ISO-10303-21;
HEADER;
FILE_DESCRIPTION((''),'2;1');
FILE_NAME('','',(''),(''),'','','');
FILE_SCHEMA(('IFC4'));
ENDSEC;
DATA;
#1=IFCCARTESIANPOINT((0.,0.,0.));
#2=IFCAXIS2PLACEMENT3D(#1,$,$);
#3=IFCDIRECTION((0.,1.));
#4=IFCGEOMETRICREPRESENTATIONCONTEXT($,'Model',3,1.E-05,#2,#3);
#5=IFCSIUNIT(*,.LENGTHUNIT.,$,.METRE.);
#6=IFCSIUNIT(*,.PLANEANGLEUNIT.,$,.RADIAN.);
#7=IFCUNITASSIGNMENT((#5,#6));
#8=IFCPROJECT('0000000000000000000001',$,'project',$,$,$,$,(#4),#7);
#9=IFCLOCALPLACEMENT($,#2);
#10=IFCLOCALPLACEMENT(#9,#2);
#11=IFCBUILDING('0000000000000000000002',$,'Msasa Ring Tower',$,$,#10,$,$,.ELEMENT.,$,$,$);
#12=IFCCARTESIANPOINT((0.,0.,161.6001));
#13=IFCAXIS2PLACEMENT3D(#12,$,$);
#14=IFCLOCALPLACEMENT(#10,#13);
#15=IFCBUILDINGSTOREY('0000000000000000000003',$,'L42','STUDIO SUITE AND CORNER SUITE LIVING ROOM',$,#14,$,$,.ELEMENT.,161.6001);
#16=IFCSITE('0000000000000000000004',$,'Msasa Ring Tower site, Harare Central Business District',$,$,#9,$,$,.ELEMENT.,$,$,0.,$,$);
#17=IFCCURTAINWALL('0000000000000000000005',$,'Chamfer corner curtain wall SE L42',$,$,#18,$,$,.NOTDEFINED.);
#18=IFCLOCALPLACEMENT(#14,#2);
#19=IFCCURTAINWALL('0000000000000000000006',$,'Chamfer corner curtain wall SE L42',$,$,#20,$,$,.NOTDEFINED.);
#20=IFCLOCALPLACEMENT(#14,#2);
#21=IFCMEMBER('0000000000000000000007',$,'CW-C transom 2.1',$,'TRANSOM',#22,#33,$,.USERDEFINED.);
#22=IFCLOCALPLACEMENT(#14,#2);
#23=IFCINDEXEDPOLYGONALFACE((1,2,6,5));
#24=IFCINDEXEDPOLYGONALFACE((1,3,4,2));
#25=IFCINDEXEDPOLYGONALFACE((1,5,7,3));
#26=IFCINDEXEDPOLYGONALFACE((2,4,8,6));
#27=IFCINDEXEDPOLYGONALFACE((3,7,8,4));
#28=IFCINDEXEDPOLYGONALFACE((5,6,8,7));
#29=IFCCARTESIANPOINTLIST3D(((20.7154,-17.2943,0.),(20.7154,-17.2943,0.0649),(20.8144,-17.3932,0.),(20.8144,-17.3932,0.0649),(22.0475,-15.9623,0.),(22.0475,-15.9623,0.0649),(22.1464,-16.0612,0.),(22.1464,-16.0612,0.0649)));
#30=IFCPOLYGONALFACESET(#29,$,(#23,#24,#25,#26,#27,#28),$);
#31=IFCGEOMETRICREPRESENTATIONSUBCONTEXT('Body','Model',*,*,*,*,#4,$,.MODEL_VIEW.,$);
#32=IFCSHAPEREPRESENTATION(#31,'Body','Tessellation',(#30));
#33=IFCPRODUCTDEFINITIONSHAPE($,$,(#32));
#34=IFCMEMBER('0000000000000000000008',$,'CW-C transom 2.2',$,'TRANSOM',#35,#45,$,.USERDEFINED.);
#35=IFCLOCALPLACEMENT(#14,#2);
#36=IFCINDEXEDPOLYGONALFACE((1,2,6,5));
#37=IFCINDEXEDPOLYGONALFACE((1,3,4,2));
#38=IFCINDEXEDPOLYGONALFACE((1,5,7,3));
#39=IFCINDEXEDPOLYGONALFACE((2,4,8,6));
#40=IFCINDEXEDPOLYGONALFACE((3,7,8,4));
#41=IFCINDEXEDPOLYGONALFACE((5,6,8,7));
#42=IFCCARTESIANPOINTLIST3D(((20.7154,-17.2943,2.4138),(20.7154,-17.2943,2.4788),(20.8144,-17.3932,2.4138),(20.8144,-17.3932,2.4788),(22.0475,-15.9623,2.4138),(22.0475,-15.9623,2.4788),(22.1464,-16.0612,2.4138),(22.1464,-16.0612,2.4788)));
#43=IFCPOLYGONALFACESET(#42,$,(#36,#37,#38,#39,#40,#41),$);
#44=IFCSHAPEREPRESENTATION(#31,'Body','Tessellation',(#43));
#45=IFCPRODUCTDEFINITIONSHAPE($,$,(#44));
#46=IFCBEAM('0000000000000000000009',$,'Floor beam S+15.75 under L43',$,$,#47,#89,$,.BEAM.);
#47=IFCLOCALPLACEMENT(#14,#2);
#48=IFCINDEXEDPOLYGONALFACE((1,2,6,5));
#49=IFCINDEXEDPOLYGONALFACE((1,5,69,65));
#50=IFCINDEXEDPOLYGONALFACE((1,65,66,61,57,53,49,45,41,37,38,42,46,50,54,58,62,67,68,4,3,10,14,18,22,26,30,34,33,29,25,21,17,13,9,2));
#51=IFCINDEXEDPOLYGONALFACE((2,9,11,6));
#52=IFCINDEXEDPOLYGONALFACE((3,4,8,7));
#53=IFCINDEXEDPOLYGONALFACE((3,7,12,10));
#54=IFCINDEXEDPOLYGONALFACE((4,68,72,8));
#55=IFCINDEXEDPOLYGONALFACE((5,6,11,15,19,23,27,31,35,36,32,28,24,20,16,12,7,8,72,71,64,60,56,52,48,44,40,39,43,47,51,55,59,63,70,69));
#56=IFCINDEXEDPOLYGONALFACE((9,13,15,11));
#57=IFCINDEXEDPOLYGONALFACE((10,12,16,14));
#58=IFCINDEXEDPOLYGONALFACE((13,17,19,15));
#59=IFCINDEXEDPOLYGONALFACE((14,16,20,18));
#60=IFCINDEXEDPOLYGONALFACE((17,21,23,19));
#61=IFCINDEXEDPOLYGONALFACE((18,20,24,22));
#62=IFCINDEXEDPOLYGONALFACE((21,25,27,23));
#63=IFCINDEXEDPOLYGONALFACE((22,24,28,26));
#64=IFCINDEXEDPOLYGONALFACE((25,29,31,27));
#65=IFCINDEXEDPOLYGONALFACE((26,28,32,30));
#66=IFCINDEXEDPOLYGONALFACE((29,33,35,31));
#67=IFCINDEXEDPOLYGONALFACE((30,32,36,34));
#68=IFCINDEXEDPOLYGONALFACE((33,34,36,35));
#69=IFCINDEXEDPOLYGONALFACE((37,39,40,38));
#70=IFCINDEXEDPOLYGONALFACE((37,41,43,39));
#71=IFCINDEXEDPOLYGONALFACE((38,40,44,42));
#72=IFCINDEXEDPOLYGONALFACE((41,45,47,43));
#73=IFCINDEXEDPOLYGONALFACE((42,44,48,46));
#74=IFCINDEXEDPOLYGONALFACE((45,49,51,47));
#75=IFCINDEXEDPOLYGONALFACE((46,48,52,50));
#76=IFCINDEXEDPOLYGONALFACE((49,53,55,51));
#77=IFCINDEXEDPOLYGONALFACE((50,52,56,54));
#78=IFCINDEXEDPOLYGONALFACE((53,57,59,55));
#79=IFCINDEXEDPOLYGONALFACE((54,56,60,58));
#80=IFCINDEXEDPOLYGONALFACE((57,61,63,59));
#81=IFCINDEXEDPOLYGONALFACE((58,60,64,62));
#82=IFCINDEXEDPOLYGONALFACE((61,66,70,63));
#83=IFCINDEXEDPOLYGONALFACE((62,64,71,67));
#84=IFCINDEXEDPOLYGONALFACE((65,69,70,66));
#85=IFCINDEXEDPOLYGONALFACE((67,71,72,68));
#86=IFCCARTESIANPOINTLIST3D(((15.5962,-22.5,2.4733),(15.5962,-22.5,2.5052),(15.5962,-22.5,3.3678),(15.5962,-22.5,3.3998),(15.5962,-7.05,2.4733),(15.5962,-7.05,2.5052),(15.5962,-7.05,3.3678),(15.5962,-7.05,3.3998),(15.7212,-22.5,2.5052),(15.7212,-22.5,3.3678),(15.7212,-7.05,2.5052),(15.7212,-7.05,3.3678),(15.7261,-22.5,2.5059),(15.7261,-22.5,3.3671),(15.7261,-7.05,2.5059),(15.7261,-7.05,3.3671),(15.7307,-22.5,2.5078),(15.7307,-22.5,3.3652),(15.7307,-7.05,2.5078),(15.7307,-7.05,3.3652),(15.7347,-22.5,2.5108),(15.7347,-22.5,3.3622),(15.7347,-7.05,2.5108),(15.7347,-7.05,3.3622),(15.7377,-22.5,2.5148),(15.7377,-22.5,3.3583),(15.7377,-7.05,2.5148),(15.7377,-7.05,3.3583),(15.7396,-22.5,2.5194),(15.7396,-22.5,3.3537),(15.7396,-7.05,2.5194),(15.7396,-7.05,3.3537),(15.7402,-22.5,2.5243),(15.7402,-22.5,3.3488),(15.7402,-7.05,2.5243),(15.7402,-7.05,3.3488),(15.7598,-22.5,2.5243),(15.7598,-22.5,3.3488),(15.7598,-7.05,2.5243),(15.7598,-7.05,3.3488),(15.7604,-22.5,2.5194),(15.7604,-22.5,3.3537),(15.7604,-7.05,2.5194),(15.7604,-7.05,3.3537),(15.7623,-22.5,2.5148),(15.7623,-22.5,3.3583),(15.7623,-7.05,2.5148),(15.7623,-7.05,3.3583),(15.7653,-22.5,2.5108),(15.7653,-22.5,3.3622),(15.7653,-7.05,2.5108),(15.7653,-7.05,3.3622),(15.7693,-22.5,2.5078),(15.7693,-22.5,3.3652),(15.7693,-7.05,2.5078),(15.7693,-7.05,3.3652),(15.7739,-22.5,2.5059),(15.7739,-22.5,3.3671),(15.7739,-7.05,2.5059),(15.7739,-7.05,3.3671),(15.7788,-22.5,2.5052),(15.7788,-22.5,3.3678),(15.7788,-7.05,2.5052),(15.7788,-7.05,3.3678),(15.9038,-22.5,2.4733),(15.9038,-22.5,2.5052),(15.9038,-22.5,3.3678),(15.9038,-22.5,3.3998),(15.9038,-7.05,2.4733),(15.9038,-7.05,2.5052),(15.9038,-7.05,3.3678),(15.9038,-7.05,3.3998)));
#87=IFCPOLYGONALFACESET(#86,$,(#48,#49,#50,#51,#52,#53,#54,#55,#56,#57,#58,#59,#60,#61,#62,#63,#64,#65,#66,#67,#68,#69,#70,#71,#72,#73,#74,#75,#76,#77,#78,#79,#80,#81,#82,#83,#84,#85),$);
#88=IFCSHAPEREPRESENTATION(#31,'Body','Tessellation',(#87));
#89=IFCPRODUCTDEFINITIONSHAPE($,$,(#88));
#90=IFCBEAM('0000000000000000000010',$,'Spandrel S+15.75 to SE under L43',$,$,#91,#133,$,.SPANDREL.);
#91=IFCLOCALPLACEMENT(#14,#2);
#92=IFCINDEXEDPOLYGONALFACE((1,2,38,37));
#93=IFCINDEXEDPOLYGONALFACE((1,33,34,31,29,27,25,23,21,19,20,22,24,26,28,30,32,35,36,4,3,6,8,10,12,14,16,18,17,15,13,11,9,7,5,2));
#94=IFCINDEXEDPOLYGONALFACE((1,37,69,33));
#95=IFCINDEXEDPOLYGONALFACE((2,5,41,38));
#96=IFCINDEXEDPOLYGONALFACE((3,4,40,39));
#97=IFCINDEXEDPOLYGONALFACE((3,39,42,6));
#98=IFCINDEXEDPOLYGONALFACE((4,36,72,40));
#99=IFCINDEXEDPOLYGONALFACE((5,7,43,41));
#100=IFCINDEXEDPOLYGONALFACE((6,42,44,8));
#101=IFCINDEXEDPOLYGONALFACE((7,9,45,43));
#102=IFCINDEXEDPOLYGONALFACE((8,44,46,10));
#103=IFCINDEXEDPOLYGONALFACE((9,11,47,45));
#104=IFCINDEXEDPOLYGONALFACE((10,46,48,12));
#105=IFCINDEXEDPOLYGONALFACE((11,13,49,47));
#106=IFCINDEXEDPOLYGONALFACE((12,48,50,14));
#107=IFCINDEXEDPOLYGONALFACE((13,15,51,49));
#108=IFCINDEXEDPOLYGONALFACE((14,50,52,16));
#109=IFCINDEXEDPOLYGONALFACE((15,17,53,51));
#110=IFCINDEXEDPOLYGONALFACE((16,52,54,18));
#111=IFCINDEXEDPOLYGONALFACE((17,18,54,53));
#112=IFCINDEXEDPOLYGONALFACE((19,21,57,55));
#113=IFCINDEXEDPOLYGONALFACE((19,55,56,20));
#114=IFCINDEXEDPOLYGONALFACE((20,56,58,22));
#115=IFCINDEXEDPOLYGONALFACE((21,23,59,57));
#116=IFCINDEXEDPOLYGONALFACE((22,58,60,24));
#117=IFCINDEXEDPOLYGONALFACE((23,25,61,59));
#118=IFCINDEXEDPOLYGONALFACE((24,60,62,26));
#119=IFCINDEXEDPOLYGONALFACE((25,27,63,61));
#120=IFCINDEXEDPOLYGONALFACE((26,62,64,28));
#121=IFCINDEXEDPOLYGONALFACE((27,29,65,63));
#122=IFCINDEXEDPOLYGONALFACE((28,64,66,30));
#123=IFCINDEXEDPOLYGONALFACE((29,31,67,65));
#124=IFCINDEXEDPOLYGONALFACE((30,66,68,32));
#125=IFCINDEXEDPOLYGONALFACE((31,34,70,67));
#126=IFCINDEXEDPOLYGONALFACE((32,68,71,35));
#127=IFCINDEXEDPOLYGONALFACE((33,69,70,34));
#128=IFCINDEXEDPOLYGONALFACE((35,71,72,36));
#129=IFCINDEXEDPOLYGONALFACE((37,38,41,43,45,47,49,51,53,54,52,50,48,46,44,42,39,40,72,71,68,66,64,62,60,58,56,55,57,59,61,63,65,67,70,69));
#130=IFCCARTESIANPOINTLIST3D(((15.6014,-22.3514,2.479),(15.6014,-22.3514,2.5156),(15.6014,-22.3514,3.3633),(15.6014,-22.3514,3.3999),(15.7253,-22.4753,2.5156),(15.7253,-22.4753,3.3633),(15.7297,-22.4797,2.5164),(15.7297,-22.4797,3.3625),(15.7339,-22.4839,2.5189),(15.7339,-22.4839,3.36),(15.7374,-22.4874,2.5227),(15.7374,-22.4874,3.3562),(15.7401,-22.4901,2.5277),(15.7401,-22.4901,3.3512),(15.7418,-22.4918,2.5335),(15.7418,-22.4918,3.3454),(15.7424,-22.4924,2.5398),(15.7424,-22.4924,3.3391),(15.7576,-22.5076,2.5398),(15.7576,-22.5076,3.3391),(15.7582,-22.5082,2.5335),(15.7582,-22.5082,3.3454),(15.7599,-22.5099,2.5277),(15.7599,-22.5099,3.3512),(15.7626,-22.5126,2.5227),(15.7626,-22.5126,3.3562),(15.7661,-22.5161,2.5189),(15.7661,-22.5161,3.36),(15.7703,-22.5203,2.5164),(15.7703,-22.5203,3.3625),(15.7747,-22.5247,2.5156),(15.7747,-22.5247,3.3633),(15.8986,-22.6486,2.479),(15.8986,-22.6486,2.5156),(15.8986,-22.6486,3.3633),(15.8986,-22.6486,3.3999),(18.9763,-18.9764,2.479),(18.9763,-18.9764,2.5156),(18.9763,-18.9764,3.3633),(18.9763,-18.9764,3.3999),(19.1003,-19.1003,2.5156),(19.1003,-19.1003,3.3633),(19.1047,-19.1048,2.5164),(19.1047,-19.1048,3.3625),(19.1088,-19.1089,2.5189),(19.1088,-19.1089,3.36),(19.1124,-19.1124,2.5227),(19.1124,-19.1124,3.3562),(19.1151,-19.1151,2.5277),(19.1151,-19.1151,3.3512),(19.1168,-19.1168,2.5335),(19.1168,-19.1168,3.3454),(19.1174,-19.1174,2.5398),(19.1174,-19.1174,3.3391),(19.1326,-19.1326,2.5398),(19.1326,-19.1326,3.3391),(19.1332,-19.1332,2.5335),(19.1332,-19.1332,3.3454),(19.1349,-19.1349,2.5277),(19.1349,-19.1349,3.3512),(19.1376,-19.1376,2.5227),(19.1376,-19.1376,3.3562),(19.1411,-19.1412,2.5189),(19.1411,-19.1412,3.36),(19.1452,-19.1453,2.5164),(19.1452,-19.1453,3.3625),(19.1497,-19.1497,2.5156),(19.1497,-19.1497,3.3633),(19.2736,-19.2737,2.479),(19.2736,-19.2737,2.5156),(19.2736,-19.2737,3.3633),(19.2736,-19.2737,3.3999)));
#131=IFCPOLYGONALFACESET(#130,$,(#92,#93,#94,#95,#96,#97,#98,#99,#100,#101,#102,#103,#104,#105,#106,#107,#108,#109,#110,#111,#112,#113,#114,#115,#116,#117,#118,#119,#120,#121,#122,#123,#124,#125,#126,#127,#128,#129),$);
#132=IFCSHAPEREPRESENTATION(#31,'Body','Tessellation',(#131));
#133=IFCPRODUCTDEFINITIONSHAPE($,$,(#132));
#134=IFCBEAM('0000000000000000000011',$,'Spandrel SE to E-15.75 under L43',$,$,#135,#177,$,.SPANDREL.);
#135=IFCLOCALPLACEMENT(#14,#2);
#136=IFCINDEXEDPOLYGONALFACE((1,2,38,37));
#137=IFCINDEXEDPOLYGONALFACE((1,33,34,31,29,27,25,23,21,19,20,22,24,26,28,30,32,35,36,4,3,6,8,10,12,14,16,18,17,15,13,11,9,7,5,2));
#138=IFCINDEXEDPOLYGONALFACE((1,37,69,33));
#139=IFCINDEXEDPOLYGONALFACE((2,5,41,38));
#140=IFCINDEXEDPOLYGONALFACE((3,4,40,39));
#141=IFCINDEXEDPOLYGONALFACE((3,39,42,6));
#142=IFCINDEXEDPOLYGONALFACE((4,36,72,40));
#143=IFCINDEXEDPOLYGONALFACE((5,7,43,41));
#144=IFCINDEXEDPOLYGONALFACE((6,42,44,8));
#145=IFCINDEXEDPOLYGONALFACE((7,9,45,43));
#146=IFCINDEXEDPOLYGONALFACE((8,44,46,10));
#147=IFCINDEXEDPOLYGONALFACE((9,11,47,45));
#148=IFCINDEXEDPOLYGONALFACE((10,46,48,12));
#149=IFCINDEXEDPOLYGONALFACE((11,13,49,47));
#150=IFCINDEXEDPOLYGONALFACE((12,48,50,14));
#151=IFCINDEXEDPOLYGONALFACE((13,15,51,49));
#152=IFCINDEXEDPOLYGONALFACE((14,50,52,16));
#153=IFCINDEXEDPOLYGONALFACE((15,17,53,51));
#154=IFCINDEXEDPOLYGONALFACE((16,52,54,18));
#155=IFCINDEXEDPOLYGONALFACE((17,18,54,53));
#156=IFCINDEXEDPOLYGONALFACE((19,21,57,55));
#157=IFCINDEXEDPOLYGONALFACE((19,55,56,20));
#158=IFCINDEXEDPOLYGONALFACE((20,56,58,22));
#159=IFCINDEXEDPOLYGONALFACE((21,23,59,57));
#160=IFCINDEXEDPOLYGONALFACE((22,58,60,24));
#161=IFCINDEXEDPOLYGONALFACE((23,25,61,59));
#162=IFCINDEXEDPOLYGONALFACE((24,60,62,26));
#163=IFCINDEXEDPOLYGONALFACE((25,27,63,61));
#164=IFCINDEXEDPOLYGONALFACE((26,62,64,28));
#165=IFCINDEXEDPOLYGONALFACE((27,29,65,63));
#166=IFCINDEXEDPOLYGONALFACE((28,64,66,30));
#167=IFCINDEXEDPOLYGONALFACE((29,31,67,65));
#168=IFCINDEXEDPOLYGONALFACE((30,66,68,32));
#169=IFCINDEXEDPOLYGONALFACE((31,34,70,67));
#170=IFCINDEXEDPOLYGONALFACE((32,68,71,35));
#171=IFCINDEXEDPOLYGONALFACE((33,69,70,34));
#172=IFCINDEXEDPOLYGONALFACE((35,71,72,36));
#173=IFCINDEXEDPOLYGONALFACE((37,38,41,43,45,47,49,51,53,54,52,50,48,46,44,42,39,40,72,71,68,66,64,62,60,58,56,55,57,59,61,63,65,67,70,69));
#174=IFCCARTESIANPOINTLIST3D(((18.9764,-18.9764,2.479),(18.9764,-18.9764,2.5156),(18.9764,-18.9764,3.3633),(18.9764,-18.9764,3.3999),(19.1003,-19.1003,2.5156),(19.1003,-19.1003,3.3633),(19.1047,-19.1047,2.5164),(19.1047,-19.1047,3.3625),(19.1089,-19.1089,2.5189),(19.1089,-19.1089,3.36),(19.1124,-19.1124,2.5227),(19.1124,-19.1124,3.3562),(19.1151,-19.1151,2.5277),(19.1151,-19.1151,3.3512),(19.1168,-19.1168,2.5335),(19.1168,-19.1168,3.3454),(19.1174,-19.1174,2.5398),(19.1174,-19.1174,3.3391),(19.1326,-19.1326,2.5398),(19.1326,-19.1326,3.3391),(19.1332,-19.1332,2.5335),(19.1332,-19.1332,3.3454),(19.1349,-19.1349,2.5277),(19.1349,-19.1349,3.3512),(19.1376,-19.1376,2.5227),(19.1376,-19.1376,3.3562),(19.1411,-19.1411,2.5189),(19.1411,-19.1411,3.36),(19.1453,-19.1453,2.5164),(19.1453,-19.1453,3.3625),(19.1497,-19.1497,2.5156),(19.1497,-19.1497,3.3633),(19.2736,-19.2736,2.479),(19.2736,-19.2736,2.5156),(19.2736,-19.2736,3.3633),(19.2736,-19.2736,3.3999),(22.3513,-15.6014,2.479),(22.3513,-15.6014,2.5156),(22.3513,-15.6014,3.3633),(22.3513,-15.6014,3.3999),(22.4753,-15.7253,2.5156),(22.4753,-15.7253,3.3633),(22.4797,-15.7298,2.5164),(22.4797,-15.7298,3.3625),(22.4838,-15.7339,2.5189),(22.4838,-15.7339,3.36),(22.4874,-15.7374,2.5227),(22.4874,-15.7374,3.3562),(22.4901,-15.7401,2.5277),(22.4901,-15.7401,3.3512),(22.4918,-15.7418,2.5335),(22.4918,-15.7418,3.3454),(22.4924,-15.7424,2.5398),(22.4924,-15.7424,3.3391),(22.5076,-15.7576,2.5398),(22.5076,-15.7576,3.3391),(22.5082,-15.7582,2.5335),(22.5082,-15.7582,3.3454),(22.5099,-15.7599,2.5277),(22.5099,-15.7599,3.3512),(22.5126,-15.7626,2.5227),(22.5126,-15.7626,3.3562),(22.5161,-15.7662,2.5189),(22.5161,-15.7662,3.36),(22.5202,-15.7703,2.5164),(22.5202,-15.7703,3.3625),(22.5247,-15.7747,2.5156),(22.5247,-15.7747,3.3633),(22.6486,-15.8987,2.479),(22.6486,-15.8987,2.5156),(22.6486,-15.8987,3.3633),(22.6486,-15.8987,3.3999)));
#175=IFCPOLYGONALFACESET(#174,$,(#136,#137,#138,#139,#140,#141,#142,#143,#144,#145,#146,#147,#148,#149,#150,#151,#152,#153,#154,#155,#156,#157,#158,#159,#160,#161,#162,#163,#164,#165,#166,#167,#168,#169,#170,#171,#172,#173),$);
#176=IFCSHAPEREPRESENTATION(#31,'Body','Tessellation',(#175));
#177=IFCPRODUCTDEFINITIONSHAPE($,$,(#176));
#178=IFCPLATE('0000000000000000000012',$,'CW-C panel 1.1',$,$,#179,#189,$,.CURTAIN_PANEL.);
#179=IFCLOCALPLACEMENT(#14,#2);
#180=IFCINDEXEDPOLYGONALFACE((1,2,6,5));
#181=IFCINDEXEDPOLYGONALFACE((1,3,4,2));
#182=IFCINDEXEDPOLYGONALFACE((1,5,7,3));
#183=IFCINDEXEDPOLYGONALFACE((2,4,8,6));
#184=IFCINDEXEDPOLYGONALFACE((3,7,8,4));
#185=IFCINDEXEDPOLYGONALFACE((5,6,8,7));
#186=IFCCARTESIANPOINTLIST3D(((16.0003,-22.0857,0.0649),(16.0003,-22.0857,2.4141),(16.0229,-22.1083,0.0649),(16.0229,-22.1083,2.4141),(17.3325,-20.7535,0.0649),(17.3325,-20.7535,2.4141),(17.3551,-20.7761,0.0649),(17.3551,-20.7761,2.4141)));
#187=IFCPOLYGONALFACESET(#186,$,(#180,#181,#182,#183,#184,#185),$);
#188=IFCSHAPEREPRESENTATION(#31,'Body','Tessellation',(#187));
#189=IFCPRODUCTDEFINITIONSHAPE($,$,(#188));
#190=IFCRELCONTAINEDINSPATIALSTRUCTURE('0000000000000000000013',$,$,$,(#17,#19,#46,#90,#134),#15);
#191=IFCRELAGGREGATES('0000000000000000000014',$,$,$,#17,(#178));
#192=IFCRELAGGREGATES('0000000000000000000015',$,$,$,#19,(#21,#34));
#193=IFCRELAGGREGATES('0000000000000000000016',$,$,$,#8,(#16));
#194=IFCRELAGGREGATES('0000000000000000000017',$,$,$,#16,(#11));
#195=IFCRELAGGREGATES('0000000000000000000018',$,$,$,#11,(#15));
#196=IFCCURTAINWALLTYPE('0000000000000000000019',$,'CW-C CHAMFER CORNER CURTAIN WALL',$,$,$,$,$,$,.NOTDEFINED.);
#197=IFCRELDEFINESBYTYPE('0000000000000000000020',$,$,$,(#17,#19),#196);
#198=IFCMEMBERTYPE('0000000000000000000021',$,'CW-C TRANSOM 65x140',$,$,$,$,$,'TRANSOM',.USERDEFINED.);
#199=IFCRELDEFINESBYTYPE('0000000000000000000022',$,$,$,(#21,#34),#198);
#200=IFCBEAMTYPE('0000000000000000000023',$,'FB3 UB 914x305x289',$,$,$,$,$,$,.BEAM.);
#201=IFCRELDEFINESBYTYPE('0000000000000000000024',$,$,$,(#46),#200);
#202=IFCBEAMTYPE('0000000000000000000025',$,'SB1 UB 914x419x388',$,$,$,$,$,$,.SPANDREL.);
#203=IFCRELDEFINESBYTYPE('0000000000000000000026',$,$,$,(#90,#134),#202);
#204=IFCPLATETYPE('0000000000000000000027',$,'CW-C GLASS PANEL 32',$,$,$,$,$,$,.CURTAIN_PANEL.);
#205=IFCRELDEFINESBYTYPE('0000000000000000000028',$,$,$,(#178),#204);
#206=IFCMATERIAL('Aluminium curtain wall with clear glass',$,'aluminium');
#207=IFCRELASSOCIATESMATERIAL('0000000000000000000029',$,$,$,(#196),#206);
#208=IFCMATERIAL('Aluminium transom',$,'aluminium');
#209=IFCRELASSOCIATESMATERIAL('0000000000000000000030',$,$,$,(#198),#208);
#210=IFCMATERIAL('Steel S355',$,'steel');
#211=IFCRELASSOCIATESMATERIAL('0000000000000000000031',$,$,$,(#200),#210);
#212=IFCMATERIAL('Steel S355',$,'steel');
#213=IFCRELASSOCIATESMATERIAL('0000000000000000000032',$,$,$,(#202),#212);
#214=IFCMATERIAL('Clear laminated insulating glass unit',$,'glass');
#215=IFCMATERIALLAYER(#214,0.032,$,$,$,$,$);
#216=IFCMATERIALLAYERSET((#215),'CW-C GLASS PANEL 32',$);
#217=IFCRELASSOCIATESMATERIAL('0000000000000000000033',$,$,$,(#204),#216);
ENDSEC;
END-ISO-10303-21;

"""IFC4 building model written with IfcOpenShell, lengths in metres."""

from ifc_helpers import new_model, si_unit, direction, frame, origin, origin_2d, place, context, subcontext, project, spatial, rectangle, i_section, extrude, material, layer, layer_set, material_profile, profile_set, type_object, element, aggregate, save


model = new_model("IFC4")

# Units and contexts
model_context = context("Model", 3, precision=1e-05, world=origin(), true_north=direction((0.0, 1.0)))
body_context = subcontext(model_context, "Body", "Model", "MODEL_VIEW")
ifc_project = project(units=[si_unit("LENGTHUNIT", "METRE"), si_unit("PLANEANGLEUNIT", "RADIAN")], contexts=[model_context])

# Site, building, storey
site_placement = place(None, origin())
site = spatial("IfcSite", under=ifc_project, at=site_placement, Name="Msasa Ring Tower site, Harare Central Business District", CompositionType="ELEMENT", RefElevation=0.0)
building_placement = place(site_placement, origin())
building = spatial("IfcBuilding", under=site, at=building_placement, Name="Msasa Ring Tower", CompositionType="ELEMENT")
storey_placement = place(building_placement, frame((0.0, 0.0, 161.6001)))
storey = spatial("IfcBuildingStorey", under=building, at=storey_placement, Name="L42", Description="STUDIO SUITE AND CORNER SUITE LIVING ROOM", CompositionType="ELEMENT", Elevation=161.6001)

# Curtain walls
ifc_material_1 = material(Name="Aluminium curtain wall with clear glass", Category="aluminium")
curtain_wall_type = type_object("IfcCurtainWallType", Name="CW-C CHAMFER CORNER CURTAIN WALL", PredefinedType="NOTDEFINED", material=ifc_material_1)
curtain_wall_1_placement = place(storey_placement, origin())
curtain_wall_1 = element("IfcCurtainWall", 1, at=curtain_wall_1_placement, inside=storey, type_object=curtain_wall_type, Name="Chamfer corner curtain wall SE L42", PredefinedType="NOTDEFINED")
curtain_wall_2_placement = place(storey_placement, origin())
curtain_wall_2 = element("IfcCurtainWall", 2, at=curtain_wall_2_placement, inside=storey, type_object=curtain_wall_type, Name="Chamfer corner curtain wall SE L42", PredefinedType="NOTDEFINED")

# Members
ifc_material_2 = material(Name="Aluminium transom", Category="aluminium")
ifc_material_profile_1 = material_profile(ifc_material_2, rectangle(XDim=0.1399, YDim=0.0649, at=origin_2d()), Name="AL 65x140")
ifc_profile_set_1 = profile_set([ifc_material_profile_1], Name="Aluminium transom")
member_type_1 = type_object("IfcMemberType", Name="CW-C TRANSOM 65x140", ElementType="TRANSOM", PredefinedType="USERDEFINED", material=ifc_profile_set_1)
member_1_placement = place(storey_placement, frame((20.7649, -17.3438, 0.0325), z_axis=(0.707107, 0.707107, 0.0), x_axis=(-0.707107, 0.707107, 0.0)))
member_1 = element("IfcMember", 3, at=member_1_placement, type_object=member_type_1, Name="CW-C transom 2.1", ObjectType="TRANSOM", PredefinedType="USERDEFINED", context=body_context, shape_type="SweptSolid", body=[
    extrude(rectangle(XDim=0.1399, YDim=0.0649, at=origin_2d()), origin(), (0.0, 0.0, 1.0), 1.8838),
])
member_2_placement = place(storey_placement, frame((20.7649, -17.3438, 2.4463), z_axis=(0.707107, 0.707107, 0.0), x_axis=(-0.707107, 0.707107, 0.0)))
member_2 = element("IfcMember", 4, at=member_2_placement, type_object=member_type_1, Name="CW-C transom 2.2", ObjectType="TRANSOM", PredefinedType="USERDEFINED", context=body_context, shape_type="SweptSolid", body=[
    extrude(rectangle(XDim=0.1399, YDim=0.0649, at=origin_2d()), origin(), (0.0, 0.0, 1.0), 1.8838),
])

# Beams
ifc_material_3 = material(Name="Steel S355", Category="steel")
ifc_material_profile_2 = material_profile(ifc_material_3, i_section(OverallWidth=0.3076, OverallDepth=0.9265, WebThickness=0.0195, FlangeThickness=0.032, FilletRadius=0.019, at=origin_2d()), Name="UB 914x305x289")
ifc_profile_set_2 = profile_set([ifc_material_profile_2], Name="Steel S355")
beam_type_1 = type_object("IfcBeamType", Name="FB3 UB 914x305x289", PredefinedType="BEAM", material=ifc_profile_set_2)
beam_placement = place(storey_placement, frame((15.75, -22.5, 2.9365), z_axis=(0.0, 1.0, 0.0), x_axis=(-1.0, 0.0, 0.0)))
element("IfcBeam", 5, at=beam_placement, inside=storey, type_object=beam_type_1, Name="Floor beam S+15.75 under L43", PredefinedType="BEAM", context=body_context, shape_type="SweptSolid", body=[
    extrude(i_section(OverallWidth=0.3076, OverallDepth=0.9265, WebThickness=0.0195, FlangeThickness=0.032, FilletRadius=0.019, at=origin_2d()), origin(), (0.0, 0.0, 1.0), 15.45),
])
ifc_material_4 = material(Name="Steel S355", Category="steel")
ifc_material_profile_3 = material_profile(ifc_material_4, i_section(OverallWidth=0.4204, OverallDepth=0.9209, WebThickness=0.0215, FlangeThickness=0.0366, FilletRadius=0.0242, at=origin_2d()), Name="UB 914x419x388")
ifc_profile_set_3 = profile_set([ifc_material_profile_3], Name="Steel S355")
beam_type_2 = type_object("IfcBeamType", Name="SB1 UB 914x419x388", PredefinedType="SPANDREL", material=ifc_profile_set_3)
for number, where, z_axis, x_axis, name in (
    (6, (15.75, -22.5, 2.9395), (0.707107, 0.707107, 0.0), (-0.707107, 0.707107, 0.0), "Spandrel S+15.75 to SE under L43"),
    (7, (19.125, -19.125, 2.9395), (0.707107, 0.707107, 0.0), (-0.707107, 0.707107, 0.0), "Spandrel SE to E-15.75 under L43"),
):
    element("IfcBeam", number, at=place(storey_placement, frame(where, z_axis=z_axis, x_axis=x_axis)), inside=storey, type_object=beam_type_2, Name=name, PredefinedType="SPANDREL", context=body_context, shape_type="SweptSolid", body=[
        extrude(i_section(OverallWidth=0.4204, OverallDepth=0.9209, WebThickness=0.0215, FlangeThickness=0.0366, FilletRadius=0.0242, at=origin_2d()), origin(), (0.0, 0.0, 1.0), 4.7729),
    ])

# Plate
ifc_material_5 = material(Name="Clear laminated insulating glass unit", Category="glass")
ifc_layer_1 = layer(ifc_material_5, 0.032)
ifc_layer_set_1 = layer_set([ifc_layer_1], Name="CW-C GLASS PANEL 32")
plate_type = type_object("IfcPlateType", Name="CW-C GLASS PANEL 32", PredefinedType="CURTAIN_PANEL", material=ifc_layer_set_1)
plate_1_placement = place(storey_placement, frame((16.6777, -21.4309, 0.0649), z_axis=(0.0, 0.0, 1.0), x_axis=(0.707107, 0.707107, 0.0)))
plate_1 = element("IfcPlate", 8, at=plate_1_placement, type_object=plate_type, Name="CW-C panel 1.1", PredefinedType="CURTAIN_PANEL", context=body_context, shape_type="SweptSolid", body=[
    extrude(rectangle(XDim=1.884, YDim=0.032, at=origin_2d()), origin(), (0.0, 0.0, 1.0), 2.3491),
])
aggregate(curtain_wall_1, [plate_1])
aggregate(curtain_wall_2, [member_1, member_2])

save(model, "model.ifc")
